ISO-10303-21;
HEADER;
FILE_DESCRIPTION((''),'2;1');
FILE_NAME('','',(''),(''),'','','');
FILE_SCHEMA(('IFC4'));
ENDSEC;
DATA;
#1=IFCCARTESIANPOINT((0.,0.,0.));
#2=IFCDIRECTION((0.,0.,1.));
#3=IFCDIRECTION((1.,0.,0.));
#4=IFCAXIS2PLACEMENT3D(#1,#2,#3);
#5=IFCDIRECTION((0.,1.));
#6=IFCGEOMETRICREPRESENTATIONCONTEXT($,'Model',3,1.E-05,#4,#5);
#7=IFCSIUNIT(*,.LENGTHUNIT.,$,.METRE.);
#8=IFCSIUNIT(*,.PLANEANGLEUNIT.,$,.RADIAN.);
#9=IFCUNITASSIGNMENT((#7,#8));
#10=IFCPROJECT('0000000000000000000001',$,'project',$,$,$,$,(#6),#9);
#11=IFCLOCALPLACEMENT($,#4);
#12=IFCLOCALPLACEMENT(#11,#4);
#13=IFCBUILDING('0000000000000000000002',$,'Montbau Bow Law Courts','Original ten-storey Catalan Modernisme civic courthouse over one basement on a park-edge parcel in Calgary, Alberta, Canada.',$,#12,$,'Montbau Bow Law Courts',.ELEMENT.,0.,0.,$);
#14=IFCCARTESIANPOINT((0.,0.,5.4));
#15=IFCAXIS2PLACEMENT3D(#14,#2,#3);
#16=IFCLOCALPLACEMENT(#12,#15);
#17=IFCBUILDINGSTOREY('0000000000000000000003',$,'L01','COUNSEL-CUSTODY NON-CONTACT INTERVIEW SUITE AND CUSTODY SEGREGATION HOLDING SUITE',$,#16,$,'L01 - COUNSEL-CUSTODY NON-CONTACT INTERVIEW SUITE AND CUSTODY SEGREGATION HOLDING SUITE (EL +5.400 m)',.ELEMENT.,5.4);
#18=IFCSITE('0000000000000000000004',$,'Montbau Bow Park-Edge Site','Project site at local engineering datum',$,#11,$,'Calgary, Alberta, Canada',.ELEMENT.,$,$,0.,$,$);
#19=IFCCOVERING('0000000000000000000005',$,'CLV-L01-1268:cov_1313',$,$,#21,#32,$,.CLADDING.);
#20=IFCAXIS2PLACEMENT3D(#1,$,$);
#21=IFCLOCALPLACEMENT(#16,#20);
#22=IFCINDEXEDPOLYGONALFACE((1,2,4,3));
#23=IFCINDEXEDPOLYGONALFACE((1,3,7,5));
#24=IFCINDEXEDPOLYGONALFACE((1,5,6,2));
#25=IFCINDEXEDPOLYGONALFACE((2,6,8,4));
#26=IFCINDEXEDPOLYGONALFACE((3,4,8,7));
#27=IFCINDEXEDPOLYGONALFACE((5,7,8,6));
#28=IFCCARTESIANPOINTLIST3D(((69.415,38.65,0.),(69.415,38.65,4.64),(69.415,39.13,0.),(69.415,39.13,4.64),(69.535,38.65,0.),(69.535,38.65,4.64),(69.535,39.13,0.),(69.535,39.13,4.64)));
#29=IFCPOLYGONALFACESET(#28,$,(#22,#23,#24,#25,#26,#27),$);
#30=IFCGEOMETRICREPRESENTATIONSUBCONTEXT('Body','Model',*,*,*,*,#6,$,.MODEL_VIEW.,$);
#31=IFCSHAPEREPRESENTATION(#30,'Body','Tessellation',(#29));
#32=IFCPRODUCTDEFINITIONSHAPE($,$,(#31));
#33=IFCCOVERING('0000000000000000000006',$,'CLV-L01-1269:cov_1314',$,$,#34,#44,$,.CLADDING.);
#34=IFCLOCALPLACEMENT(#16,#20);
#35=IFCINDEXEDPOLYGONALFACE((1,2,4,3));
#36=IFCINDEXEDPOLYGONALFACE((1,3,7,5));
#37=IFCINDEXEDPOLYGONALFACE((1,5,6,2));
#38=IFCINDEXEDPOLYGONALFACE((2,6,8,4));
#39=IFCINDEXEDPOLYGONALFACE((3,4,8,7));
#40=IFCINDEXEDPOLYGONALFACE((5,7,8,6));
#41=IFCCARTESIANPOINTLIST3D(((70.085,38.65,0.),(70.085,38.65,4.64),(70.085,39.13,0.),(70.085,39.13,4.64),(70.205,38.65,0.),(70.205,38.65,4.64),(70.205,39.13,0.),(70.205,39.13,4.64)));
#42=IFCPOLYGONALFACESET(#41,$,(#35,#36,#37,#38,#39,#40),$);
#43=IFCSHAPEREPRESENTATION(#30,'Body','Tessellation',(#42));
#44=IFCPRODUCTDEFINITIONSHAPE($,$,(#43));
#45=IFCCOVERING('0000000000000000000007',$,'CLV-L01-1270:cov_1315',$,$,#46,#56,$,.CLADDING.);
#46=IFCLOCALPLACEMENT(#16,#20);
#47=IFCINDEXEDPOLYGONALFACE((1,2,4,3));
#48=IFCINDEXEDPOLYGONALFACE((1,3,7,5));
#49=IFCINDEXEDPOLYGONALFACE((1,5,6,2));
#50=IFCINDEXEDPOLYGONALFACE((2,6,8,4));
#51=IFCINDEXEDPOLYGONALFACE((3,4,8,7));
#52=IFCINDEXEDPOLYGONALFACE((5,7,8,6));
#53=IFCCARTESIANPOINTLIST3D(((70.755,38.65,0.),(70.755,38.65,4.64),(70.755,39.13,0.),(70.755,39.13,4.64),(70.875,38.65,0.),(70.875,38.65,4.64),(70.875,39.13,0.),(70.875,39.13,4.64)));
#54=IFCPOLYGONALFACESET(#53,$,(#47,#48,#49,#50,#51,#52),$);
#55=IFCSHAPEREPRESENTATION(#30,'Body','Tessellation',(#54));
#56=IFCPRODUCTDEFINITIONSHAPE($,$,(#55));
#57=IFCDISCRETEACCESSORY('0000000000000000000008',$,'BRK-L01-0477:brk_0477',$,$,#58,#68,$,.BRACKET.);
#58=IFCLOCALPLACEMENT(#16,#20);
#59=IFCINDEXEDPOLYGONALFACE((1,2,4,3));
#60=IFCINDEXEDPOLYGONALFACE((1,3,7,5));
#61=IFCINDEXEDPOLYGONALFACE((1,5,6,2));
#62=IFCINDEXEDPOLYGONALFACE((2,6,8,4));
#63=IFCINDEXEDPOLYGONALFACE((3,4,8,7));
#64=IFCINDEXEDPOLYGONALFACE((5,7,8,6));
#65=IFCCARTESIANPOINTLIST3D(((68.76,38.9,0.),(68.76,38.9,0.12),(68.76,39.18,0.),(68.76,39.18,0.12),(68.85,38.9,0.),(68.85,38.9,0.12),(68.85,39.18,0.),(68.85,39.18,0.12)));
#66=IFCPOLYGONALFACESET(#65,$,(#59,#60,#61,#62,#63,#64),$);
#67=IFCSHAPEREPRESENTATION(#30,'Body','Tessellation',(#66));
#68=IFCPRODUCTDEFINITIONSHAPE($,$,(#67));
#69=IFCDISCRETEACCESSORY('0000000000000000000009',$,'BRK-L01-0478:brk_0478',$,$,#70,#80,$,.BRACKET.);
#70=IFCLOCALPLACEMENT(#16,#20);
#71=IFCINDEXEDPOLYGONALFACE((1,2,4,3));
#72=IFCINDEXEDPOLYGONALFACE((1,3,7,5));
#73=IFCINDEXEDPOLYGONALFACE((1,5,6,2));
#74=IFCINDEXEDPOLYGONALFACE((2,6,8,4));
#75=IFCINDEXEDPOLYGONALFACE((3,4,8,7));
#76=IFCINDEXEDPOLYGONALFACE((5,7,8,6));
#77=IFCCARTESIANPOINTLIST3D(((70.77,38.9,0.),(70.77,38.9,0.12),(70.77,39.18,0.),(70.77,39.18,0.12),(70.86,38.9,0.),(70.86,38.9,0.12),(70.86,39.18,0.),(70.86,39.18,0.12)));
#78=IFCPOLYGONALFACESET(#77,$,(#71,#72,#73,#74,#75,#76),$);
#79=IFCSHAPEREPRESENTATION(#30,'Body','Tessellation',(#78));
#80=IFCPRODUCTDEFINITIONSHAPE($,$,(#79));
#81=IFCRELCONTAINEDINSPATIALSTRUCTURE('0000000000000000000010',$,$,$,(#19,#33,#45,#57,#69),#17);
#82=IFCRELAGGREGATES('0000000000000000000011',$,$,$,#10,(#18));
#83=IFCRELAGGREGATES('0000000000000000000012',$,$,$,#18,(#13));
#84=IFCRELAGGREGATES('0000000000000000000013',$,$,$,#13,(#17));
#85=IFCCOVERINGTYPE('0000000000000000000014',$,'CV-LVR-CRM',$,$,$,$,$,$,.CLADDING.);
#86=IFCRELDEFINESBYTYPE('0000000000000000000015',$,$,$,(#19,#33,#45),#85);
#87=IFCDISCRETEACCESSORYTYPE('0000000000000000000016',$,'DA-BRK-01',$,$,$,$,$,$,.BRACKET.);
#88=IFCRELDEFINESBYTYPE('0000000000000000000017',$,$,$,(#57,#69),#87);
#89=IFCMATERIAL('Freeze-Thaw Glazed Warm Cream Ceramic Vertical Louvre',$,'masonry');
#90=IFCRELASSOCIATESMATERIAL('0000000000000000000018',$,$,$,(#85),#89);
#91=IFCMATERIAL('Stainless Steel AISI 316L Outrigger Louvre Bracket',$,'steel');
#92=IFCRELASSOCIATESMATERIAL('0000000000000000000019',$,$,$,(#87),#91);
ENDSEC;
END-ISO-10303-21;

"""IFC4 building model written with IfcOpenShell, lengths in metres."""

from ifc_helpers import new_model, si_unit, direction, frame, frame_2d, origin_with_axes, origin_2d_with_axis, place, context, subcontext, project, spatial, rectangle, extrude, material, type_object, element, save


model = new_model("IFC4")

# Units and contexts
model_context = context("Model", 3, precision=1e-05, world=origin_with_axes(), true_north=direction((0.0, 1.0)))
body_context = subcontext(model_context, "Body", "Model", "MODEL_VIEW")
ifc_project = project(units=[si_unit("LENGTHUNIT", "METRE"), si_unit("PLANEANGLEUNIT", "RADIAN")], contexts=[model_context])

# Site, building, storey
site_placement = place(None, origin_with_axes())
site = spatial("IfcSite", under=ifc_project, at=site_placement, Name="Montbau Bow Park-Edge Site", Description="Project site at local engineering datum", LongName="Calgary, Alberta, Canada", CompositionType="ELEMENT", RefElevation=0.0)
building_placement = place(site_placement, origin_with_axes())
building = spatial("IfcBuilding", under=site, at=building_placement, Name="Montbau Bow Law Courts", Description="Original ten-storey Catalan Modernisme civic courthouse over one basement on a park-edge parcel in Calgary, Alberta, Canada.", LongName="Montbau Bow Law Courts", CompositionType="ELEMENT", ElevationOfRefHeight=0.0, ElevationOfTerrain=0.0)
storey_placement = place(building_placement, frame((0.0, 0.0, 5.4), z_axis=(0.0, 0.0, 1.0), x_axis=(1.0, 0.0, 0.0)))
storey = spatial("IfcBuildingStorey", under=building, at=storey_placement, Name="L01", Description="COUNSEL-CUSTODY NON-CONTACT INTERVIEW SUITE AND CUSTODY SEGREGATION HOLDING SUITE", LongName="L01 - COUNSEL-CUSTODY NON-CONTACT INTERVIEW SUITE AND CUSTODY SEGREGATION HOLDING SUITE (EL +5.400 m)", CompositionType="ELEMENT", Elevation=5.4)

# Coverings
ifc_material_1 = material(Name="Freeze-Thaw Glazed Warm Cream Ceramic Vertical Louvre", Category="masonry")
covering_type = type_object("IfcCoveringType", Name="CV-LVR-CRM", PredefinedType="CLADDING", material=ifc_material_1)
for number, where, z_axis, x_axis, name in (
    (1, (69.475, 39.13, 5.4), (-1.0, 0.0, 0.0), (0.0, -1.0, 0.0), "CLV-L01-1268:cov_1313"),
    (2, (70.145, 39.13, 5.4), (-1.0, 0.0, 0.0), (0.0, -1.0, 0.0), "CLV-L01-1269:cov_1314"),
    (3, (70.815, 39.13, 5.4), (-1.0, 0.0, 0.0), (0.0, -1.0, 0.0), "CLV-L01-1270:cov_1315"),
):
    element("IfcCovering", number, at=place(None, frame(where, z_axis=z_axis, x_axis=x_axis)), inside=storey, type_object=covering_type, Name=name, PredefinedType="CLADDING", context=body_context, shape_type="SweptSolid", body=[
        extrude(rectangle(XDim=0.48, YDim=4.64, at=frame_2d((0.24, 2.32), x_axis=(1.0, 0.0))), frame((0.0, 0.0, -0.06), z_axis=(0.0, 0.0, 1.0), x_axis=(1.0, 0.0, 0.0)), (0.0, 0.0, 1.0), 0.12),
    ])

# Discrete accessories
ifc_material_2 = material(Name="Stainless Steel AISI 316L Outrigger Louvre Bracket", Category="steel")
discrete_accessory_type = type_object("IfcDiscreteAccessoryType", Name="DA-BRK-01", PredefinedType="BRACKET", material=ifc_material_2)
for number, where, z_axis, x_axis, name in (
    (4, (68.805, 39.04, 5.4), (0.0, 0.0, 1.0), (0.0, -1.0, 0.0), "BRK-L01-0477:brk_0477"),
    (5, (70.815, 39.04, 5.4), (0.0, 0.0, 1.0), (0.0, -1.0, 0.0), "BRK-L01-0478:brk_0478"),
):
    element("IfcDiscreteAccessory", number, at=place(None, frame(where, z_axis=z_axis, x_axis=x_axis)), inside=storey, type_object=discrete_accessory_type, Name=name, PredefinedType="BRACKET", context=body_context, shape_type="SweptSolid", body=[
        extrude(rectangle(XDim=0.28, YDim=0.09, at=origin_2d_with_axis()), origin_with_axes(), (0.0, 0.0, 1.0), 0.12),
    ])

save(model, "model.ifc")
